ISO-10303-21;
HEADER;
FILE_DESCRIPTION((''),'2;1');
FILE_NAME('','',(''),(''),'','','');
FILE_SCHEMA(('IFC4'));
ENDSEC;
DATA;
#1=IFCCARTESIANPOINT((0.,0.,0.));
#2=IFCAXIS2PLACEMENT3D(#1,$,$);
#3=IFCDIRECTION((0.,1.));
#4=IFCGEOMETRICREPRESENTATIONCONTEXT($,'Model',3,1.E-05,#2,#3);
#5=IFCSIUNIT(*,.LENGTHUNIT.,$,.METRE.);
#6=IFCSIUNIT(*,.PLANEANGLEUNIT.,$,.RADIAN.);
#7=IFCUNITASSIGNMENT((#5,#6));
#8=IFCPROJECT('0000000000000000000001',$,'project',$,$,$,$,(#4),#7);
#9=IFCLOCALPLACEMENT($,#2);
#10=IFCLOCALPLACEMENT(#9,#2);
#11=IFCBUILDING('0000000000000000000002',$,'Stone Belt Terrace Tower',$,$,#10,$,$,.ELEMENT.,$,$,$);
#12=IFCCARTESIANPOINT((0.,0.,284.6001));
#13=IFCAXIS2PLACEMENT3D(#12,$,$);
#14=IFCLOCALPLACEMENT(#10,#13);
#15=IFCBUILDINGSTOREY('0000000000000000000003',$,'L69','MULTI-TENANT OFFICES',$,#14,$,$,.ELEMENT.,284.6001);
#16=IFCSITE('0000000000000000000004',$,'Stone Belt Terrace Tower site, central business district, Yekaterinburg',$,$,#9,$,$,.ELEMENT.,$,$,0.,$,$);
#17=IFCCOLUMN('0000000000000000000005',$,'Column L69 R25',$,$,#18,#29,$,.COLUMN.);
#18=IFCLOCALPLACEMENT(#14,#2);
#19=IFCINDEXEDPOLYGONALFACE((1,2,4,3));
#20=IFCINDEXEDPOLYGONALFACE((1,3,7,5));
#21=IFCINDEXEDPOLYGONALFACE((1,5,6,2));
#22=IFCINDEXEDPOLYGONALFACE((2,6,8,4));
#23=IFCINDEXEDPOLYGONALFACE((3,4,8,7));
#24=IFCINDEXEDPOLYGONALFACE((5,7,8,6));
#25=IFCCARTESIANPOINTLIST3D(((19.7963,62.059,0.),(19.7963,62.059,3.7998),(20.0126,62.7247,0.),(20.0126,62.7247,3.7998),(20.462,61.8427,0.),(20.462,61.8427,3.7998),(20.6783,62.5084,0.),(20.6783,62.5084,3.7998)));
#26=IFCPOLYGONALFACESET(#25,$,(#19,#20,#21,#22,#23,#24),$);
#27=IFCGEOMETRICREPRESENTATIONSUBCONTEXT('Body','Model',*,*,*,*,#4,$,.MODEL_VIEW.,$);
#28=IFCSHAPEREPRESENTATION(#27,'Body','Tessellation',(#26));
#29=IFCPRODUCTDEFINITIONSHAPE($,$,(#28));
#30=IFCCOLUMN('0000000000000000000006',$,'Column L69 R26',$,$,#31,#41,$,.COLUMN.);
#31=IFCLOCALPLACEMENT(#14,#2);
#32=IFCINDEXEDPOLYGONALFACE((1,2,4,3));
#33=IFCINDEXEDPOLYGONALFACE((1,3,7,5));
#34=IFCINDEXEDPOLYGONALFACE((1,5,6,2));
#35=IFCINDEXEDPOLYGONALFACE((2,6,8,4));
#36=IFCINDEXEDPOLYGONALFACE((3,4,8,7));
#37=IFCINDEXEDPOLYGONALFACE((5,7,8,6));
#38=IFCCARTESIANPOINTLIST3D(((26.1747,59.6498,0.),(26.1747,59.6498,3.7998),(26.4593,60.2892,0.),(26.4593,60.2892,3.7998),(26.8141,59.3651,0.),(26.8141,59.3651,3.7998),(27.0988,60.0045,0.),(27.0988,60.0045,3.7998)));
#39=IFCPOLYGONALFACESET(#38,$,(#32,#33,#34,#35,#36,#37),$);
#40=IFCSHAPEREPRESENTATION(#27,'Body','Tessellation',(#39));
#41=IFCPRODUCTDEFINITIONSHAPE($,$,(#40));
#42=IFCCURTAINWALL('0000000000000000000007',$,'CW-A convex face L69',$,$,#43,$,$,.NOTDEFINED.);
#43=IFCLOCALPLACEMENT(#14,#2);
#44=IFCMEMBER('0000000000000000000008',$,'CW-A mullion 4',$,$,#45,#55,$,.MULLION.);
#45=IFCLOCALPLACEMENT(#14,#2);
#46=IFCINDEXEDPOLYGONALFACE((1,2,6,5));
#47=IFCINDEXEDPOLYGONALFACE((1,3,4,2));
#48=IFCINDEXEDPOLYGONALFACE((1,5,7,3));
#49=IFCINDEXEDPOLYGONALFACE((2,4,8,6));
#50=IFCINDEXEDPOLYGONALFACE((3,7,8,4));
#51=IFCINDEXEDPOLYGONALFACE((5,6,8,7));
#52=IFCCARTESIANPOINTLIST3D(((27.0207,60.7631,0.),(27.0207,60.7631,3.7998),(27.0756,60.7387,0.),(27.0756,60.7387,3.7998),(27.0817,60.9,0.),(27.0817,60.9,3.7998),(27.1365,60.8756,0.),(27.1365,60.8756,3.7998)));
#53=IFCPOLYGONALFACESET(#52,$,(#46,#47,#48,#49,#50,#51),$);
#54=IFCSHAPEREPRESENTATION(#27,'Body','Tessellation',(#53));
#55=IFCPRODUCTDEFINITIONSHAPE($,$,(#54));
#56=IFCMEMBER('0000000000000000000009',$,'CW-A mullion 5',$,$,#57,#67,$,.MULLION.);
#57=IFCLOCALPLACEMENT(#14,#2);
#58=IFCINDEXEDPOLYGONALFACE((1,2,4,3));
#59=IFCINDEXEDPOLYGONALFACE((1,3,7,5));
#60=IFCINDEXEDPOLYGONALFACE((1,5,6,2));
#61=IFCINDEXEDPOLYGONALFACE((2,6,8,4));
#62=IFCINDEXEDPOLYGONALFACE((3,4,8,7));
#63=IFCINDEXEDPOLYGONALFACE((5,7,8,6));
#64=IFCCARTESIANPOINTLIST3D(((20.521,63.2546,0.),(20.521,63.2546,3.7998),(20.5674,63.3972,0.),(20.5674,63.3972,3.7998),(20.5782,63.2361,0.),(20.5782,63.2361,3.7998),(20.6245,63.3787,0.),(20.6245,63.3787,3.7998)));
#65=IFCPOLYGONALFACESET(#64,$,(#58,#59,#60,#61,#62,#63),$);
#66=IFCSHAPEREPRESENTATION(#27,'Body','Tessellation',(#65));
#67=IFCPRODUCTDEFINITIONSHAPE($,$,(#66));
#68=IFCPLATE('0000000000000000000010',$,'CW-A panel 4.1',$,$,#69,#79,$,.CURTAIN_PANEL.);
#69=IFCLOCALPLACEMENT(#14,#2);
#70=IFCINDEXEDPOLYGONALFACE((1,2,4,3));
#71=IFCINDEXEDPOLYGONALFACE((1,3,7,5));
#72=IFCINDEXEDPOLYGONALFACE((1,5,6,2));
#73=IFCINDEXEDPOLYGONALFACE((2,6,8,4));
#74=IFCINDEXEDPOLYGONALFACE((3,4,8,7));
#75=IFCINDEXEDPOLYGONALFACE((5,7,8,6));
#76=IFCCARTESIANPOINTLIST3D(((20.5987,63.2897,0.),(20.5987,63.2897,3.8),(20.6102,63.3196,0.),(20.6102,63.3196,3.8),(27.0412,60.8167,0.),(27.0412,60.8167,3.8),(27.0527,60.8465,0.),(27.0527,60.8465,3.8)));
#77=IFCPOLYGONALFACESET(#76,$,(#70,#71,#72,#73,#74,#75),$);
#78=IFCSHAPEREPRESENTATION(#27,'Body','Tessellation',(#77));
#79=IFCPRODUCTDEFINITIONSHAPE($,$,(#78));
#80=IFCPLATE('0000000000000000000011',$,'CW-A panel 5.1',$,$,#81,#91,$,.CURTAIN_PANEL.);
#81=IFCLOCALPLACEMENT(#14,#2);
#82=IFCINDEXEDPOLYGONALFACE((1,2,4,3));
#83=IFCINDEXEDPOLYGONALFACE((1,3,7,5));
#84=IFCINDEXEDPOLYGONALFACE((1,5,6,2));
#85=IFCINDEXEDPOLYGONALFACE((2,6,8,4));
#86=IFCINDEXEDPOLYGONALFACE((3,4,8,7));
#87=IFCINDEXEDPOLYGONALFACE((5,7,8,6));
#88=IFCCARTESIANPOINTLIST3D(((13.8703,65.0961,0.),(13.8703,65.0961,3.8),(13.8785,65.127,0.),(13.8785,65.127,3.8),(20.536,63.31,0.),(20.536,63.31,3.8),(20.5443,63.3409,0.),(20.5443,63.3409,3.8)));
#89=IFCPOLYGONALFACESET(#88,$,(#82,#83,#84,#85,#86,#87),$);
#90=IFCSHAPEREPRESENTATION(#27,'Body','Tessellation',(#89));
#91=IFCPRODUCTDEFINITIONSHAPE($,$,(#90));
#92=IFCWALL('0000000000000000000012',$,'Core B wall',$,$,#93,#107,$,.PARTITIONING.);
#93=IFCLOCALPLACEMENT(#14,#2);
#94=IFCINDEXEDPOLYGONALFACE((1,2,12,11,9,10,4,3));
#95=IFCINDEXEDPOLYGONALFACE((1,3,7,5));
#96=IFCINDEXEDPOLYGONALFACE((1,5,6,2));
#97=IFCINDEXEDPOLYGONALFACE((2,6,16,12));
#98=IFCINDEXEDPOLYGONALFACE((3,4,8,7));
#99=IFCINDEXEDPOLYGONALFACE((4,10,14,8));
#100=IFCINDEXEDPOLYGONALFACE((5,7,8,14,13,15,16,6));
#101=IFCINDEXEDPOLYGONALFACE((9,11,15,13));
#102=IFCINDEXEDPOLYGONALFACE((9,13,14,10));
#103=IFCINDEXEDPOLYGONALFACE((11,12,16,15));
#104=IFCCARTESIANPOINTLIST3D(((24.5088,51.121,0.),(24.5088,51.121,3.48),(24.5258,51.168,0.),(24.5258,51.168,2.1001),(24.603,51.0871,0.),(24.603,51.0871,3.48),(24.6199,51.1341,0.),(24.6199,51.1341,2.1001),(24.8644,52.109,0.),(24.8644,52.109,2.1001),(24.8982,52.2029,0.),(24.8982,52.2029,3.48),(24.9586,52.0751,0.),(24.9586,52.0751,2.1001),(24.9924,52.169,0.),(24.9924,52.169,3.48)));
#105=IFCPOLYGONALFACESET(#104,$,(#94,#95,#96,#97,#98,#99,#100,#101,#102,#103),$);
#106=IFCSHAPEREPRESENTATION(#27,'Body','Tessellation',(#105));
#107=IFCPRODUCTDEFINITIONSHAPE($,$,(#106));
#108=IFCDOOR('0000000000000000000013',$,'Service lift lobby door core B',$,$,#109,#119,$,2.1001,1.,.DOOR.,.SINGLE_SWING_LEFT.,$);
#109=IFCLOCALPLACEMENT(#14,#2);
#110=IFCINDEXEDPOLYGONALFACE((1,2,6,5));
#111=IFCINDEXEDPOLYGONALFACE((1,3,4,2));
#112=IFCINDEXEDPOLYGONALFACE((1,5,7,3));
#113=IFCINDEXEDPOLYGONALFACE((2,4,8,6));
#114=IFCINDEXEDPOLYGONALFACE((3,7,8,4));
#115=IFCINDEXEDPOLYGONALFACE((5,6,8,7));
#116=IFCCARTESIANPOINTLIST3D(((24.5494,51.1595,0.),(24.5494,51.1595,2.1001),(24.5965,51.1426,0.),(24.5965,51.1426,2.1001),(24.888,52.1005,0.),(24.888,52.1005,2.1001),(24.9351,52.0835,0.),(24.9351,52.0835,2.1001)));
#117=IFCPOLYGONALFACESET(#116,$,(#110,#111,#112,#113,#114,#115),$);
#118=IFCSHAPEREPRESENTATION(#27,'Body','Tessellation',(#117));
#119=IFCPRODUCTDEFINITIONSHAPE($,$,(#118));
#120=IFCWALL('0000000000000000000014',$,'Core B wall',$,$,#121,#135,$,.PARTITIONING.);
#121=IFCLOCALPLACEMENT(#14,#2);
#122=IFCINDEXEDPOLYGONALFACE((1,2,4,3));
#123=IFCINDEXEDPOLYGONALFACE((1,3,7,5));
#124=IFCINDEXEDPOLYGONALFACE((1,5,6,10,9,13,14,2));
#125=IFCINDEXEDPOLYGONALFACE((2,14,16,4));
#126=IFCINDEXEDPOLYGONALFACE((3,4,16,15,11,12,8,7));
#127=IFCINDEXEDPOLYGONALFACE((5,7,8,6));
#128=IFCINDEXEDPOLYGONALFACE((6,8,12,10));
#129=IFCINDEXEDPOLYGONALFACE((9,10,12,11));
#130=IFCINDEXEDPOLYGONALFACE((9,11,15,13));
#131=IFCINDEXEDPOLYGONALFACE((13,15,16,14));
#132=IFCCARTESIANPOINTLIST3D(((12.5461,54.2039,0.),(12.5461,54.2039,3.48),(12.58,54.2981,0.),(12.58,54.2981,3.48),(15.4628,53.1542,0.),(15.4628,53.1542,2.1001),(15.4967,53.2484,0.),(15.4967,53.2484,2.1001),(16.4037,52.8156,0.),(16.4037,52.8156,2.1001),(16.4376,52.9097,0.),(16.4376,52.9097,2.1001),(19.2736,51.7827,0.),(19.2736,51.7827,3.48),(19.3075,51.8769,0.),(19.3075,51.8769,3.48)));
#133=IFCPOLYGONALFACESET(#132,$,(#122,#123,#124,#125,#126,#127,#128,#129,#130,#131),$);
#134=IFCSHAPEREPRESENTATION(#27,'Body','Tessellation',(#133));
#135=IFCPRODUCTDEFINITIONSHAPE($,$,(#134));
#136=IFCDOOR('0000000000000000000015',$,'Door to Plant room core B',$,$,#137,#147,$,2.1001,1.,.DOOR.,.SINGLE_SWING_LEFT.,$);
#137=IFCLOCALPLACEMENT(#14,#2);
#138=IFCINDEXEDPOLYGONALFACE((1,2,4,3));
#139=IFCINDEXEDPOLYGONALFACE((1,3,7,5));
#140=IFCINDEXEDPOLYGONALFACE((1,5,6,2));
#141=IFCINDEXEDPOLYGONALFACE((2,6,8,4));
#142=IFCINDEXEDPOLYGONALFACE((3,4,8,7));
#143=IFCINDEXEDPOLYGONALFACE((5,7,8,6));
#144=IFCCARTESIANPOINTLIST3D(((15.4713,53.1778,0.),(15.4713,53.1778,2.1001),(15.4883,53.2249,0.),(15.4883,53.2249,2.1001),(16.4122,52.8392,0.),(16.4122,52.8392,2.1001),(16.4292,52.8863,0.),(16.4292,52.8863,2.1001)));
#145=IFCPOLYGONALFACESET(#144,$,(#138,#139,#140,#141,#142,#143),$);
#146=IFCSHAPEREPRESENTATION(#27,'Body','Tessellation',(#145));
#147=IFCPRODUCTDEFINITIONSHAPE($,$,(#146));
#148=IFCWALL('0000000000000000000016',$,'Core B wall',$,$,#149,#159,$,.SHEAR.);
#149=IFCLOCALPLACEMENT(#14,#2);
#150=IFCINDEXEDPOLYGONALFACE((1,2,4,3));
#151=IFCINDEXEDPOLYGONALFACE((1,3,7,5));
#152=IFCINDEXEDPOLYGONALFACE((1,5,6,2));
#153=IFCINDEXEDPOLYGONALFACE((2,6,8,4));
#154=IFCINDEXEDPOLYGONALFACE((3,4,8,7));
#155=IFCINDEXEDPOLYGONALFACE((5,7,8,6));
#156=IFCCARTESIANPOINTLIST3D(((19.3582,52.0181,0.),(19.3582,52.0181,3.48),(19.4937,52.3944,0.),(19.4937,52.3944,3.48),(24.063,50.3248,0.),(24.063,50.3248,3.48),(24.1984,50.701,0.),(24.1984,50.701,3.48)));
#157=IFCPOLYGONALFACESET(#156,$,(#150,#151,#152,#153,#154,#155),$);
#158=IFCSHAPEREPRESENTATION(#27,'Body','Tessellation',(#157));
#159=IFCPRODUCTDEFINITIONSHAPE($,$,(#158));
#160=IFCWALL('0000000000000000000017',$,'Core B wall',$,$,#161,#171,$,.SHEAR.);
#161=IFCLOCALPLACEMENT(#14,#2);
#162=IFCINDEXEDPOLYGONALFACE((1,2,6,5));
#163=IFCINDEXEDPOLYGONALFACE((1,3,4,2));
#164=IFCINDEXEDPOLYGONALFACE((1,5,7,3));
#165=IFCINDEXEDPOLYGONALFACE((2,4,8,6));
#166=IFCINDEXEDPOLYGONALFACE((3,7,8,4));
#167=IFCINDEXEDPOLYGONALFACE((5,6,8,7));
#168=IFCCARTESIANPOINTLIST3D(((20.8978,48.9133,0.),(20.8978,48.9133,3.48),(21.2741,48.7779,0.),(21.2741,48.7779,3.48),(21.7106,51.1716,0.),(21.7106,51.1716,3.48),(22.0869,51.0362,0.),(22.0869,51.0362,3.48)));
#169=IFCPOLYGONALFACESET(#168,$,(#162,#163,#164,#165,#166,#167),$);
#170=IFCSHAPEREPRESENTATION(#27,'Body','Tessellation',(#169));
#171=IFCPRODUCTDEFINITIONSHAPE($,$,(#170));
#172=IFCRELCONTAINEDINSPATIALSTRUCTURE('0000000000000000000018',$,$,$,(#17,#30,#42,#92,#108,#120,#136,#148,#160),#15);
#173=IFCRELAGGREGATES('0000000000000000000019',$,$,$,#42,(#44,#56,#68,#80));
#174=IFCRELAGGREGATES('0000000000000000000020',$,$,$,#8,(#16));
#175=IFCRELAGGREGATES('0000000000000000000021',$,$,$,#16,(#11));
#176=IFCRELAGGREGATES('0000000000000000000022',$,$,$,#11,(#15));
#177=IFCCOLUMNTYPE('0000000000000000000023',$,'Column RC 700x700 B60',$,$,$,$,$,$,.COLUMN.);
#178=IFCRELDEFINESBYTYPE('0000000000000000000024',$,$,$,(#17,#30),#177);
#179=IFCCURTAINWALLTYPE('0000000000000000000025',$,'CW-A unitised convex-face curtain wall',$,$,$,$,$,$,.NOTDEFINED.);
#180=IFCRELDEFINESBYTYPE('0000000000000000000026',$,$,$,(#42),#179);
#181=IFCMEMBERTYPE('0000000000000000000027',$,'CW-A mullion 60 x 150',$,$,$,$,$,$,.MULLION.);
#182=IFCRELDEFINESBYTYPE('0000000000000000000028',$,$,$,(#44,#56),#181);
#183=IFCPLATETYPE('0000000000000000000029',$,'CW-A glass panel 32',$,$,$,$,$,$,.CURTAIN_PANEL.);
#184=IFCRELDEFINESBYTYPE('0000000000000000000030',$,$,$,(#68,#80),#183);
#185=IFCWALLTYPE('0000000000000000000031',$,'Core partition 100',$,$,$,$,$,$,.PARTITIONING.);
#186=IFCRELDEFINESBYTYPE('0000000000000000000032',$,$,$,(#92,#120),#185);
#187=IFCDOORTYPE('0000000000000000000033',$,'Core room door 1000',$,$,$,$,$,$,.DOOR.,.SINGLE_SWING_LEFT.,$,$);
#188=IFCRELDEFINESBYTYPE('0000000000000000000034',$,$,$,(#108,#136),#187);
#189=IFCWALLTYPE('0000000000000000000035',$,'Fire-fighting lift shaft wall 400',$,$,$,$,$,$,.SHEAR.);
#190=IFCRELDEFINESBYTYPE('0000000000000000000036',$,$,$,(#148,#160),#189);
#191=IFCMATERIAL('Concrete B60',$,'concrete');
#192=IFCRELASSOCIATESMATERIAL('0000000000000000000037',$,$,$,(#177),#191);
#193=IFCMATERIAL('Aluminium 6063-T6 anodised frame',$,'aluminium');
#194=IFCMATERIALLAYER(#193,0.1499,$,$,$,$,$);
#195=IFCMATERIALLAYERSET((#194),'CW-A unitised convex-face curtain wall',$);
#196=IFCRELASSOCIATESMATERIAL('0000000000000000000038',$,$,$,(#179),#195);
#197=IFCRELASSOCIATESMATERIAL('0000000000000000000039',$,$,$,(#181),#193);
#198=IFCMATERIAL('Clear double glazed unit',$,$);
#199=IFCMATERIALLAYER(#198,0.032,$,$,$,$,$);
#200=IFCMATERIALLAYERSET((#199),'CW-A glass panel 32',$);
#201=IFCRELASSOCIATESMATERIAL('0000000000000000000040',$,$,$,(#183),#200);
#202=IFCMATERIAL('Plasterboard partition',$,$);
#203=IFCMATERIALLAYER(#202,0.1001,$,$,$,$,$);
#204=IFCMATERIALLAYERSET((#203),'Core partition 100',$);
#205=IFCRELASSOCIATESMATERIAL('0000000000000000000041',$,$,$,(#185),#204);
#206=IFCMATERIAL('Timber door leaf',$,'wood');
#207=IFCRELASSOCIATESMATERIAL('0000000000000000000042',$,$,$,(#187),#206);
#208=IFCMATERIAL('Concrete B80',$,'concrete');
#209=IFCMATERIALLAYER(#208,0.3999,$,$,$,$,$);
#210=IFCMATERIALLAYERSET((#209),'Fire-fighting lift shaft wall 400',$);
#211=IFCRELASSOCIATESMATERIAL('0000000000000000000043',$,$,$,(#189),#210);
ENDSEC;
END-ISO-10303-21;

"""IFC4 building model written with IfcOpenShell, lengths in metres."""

from ifc_helpers import new_model, si_unit, direction, frame, frame_2d, origin, origin_2d, place, context, subcontext, project, spatial, rectangle, extrude, material, layer, layer_set, material_profile, profile_set, type_object, element, fill, aggregate, save


model = new_model("IFC4")

# Units and contexts
model_context = context("Model", 3, precision=1e-05, world=origin(), true_north=direction((0.0, 1.0)))
body_context = subcontext(model_context, "Body", "Model", "MODEL_VIEW")
ifc_project = project(units=[si_unit("LENGTHUNIT", "METRE"), si_unit("PLANEANGLEUNIT", "RADIAN")], contexts=[model_context])

# Site, building, storey
site_placement = place(None, origin())
site = spatial("IfcSite", under=ifc_project, at=site_placement, Name="Stone Belt Terrace Tower site, central business district, Yekaterinburg", CompositionType="ELEMENT", RefElevation=0.0)
building_placement = place(site_placement, origin())
building = spatial("IfcBuilding", under=site, at=building_placement, Name="Stone Belt Terrace Tower", CompositionType="ELEMENT")
storey_placement = place(building_placement, frame((0.0, 0.0, 284.6001)))
storey = spatial("IfcBuildingStorey", under=building, at=storey_placement, Name="L69", Description="MULTI-TENANT OFFICES", CompositionType="ELEMENT", Elevation=284.6001)

# Columns
ifc_material_1 = material(Name="Concrete B60", Category="concrete")
ifc_material_profile_1 = material_profile(ifc_material_1, rectangle(XDim=0.7, YDim=0.7, at=origin_2d()), Name="RC 700x700")
ifc_profile_set_1 = profile_set([ifc_material_profile_1], Name="Concrete B60")
column_type = type_object("IfcColumnType", Name="Column RC 700x700 B60", PredefinedType="COLUMN", material=ifc_profile_set_1)
for number, where, z_axis, x_axis, name in (
    (1, (20.2373, 62.2837, 0.0), (0.0, 0.0, 1.0), (0.951057, -0.309017, 0.0), "Column L69 R25"),
    (2, (26.6367, 59.8271, 0.0), (0.0, 0.0, 1.0), (0.913545, -0.406737, 0.0), "Column L69 R26"),
):
    element("IfcColumn", number, at=place(storey_placement, frame(where, z_axis=z_axis, x_axis=x_axis)), inside=storey, type_object=column_type, Name=name, PredefinedType="COLUMN", context=body_context, shape_type="SweptSolid", body=[
        extrude(rectangle(XDim=0.7, YDim=0.7, at=origin_2d()), origin(), (0.0, 0.0, 1.0), 3.7998),
    ])

# Curtain wall, members, plates
ifc_material_2 = material(Name="Aluminium 6063-T6 anodised frame", Category="aluminium")
ifc_layer_1 = layer(ifc_material_2, 0.1499)
ifc_layer_set_1 = layer_set([ifc_layer_1], Name="CW-A unitised convex-face curtain wall")
curtain_wall_type = type_object("IfcCurtainWallType", Name="CW-A unitised convex-face curtain wall", PredefinedType="NOTDEFINED", material=ifc_layer_set_1)
curtain_wall_placement = place(storey_placement, origin())
curtain_wall = element("IfcCurtainWall", 3, at=curtain_wall_placement, inside=storey, type_object=curtain_wall_type, Name="CW-A convex face L69", PredefinedType="NOTDEFINED")
ifc_material_profile_2 = material_profile(ifc_material_2, rectangle(XDim=0.1499, YDim=0.0601, at=origin_2d()), Name="Aluminium 6063-T6 60x150")
ifc_profile_set_2 = profile_set([ifc_material_profile_2], Name="Aluminium 6063-T6 anodised frame")
member_type = type_object("IfcMemberType", Name="CW-A mullion 60 x 150", PredefinedType="MULLION", material=ifc_profile_set_2)
member_1_placement = place(storey_placement, frame((27.0786, 60.8193, 0.0), z_axis=(0.0, 0.0, 1.0), x_axis=(-0.406737, -0.913545, 0.0)))
member_1 = element("IfcMember", 4, at=member_1_placement, type_object=member_type, Name="CW-A mullion 4", PredefinedType="MULLION", context=body_context, shape_type="SweptSolid", body=[
    extrude(rectangle(XDim=0.1499, YDim=0.0601, at=origin_2d()), origin(), (0.0, 0.0, 1.0), 3.7998),
])
member_2_placement = place(storey_placement, frame((20.5728, 63.3167, 0.0), z_axis=(0.0, 0.0, 1.0), x_axis=(-0.309017, -0.951057, 0.0)))
member_2 = element("IfcMember", 5, at=member_2_placement, type_object=member_type, Name="CW-A mullion 5", PredefinedType="MULLION", context=body_context, shape_type="SweptSolid", body=[
    extrude(rectangle(XDim=0.1499, YDim=0.0601, at=origin_2d()), origin(), (0.0, 0.0, 1.0), 3.7998),
])
ifc_material_3 = material(Name="Clear double glazed unit")
ifc_layer_2 = layer(ifc_material_3, 0.032)
ifc_layer_set_2 = layer_set([ifc_layer_2], Name="CW-A glass panel 32")
plate_type = type_object("IfcPlateType", Name="CW-A glass panel 32", PredefinedType="CURTAIN_PANEL", material=ifc_layer_set_2)
plate_1_placement = place(storey_placement, frame((23.8257, 62.0681, 0.0), z_axis=(0.0, 0.0, 1.0), x_axis=(-0.93358, 0.358368, 0.0)))
plate_1 = element("IfcPlate", 6, at=plate_1_placement, type_object=plate_type, Name="CW-A panel 4.1", PredefinedType="CURTAIN_PANEL", context=body_context, shape_type="SweptSolid", body=[
    extrude(rectangle(XDim=6.9009, YDim=0.032, at=origin_2d()), origin(), (0.0, 0.0, 1.0), 3.8),
])
plate_2_placement = place(storey_placement, frame((17.2073, 64.2185, 0.0), z_axis=(0.0, 0.0, 1.0), x_axis=(-0.965926, 0.258819, 0.0)))
plate_2 = element("IfcPlate", 7, at=plate_2_placement, type_object=plate_type, Name="CW-A panel 5.1", PredefinedType="CURTAIN_PANEL", context=body_context, shape_type="SweptSolid", body=[
    extrude(rectangle(XDim=6.9009, YDim=0.032, at=origin_2d()), origin(), (0.0, 0.0, 1.0), 3.8),
])
aggregate(curtain_wall, [member_1, member_2, plate_1, plate_2])

# Walls, openings, doors
ifc_material_4 = material(Name="Plasterboard partition")
ifc_layer_3 = layer(ifc_material_4, 0.1001)
ifc_layer_set_3 = layer_set([ifc_layer_3], Name="Core partition 100")
wall_type_1 = type_object("IfcWallType", Name="Core partition 100", PredefinedType="PARTITIONING", material=ifc_layer_set_3)
wall_1_placement = place(storey_placement, frame((24.5559, 51.104, 0.0), z_axis=(0.0, 0.0, 1.0), x_axis=(0.338622, 0.940923, 0.0)))
wall_1 = element("IfcWall", 8, at=wall_1_placement, inside=storey, type_object=wall_type_1, Name="Core B wall", PredefinedType="PARTITIONING", context=body_context, shape_type="SweptSolid", body=[
    extrude(rectangle(XDim=1.1499, YDim=0.1001, at=frame_2d((0.575, 0.0))), origin(), (0.0, 0.0, 1.0), 3.48),
])
opening_1_placement = place(wall_1_placement, frame((0.05, 0.0, 0.0)))
opening_1 = element("IfcOpeningElement", 9, at=opening_1_placement, cuts=wall_1, PredefinedType="OPENING", context=body_context, shape_type="SweptSolid", body=[
    extrude(rectangle(XDim=1.0, YDim=2.1001, at=frame_2d((0.5, 1.05))), frame((0.0, 0.0601, 0.0), z_axis=(0.0, -1.0, 0.0), x_axis=(1.0, 0.0, 0.0)), (0.0, 0.0, 1.0), 0.1201),
])
ifc_material_5 = material(Name="Timber door leaf", Category="wood")
door_type_1 = type_object("IfcDoorType", Name="Core room door 1000", OperationType="SINGLE_SWING_LEFT", PredefinedType="DOOR", material=ifc_material_5)
door_1_placement = place(opening_1_placement, origin())
door_1 = element("IfcDoor", 10, at=door_1_placement, inside=storey, type_object=door_type_1, Name="Service lift lobby door core B", OperationType="SINGLE_SWING_LEFT", OverallHeight=2.1001, OverallWidth=1.0, PredefinedType="DOOR", context=body_context, shape_type="SweptSolid", body=[
    extrude(rectangle(XDim=1.0, YDim=2.1001, at=frame_2d((0.5, 1.05))), frame((0.0, 0.0249, 0.0), z_axis=(0.0, -1.0, 0.0), x_axis=(1.0, 0.0, 0.0)), (0.0, 0.0, 1.0), 0.05),
])
fill(opening_1, door_1)
wall_2_placement = place(storey_placement, frame((19.2905, 51.8298, 0.0), z_axis=(0.0, 0.0, 1.0), x_axis=(-0.940922, 0.338624, 0.0)))
wall_2 = element("IfcWall", 11, at=wall_2_placement, inside=storey, type_object=wall_type_1, Name="Core B wall", PredefinedType="PARTITIONING", context=body_context, shape_type="SweptSolid", body=[
    extrude(rectangle(XDim=7.1499, YDim=0.1001, at=frame_2d((3.575, 0.0))), origin(), (0.0, 0.0, 1.0), 3.48),
])
opening_2_placement = place(wall_2_placement, frame((3.05, 0.0, 0.0)))
opening_2 = element("IfcOpeningElement", 12, at=opening_2_placement, cuts=wall_2, PredefinedType="OPENING", context=body_context, shape_type="SweptSolid", body=[
    extrude(rectangle(XDim=1.0, YDim=2.1001, at=frame_2d((0.5, 1.05))), frame((0.0, 0.0601, 0.0), z_axis=(0.0, -1.0, 0.0), x_axis=(1.0, 0.0, 0.0)), (0.0, 0.0, 1.0), 0.1201),
])
door_2_placement = place(opening_2_placement, origin())
door_2 = element("IfcDoor", 13, at=door_2_placement, inside=storey, type_object=door_type_1, Name="Door to Plant room core B", OperationType="SINGLE_SWING_LEFT", OverallHeight=2.1001, OverallWidth=1.0, PredefinedType="DOOR", context=body_context, shape_type="SweptSolid", body=[
    extrude(rectangle(XDim=1.0, YDim=2.1001, at=frame_2d((0.5, 1.05))), frame((0.0, 0.0249, 0.0), z_axis=(0.0, -1.0, 0.0), x_axis=(1.0, 0.0, 0.0)), (0.0, 0.0, 1.0), 0.05),
])
fill(opening_2, door_2)

# Walls
ifc_material_6 = material(Name="Concrete B80", Category="concrete")
ifc_layer_4 = layer(ifc_material_6, 0.3999)
ifc_layer_set_4 = layer_set([ifc_layer_4], Name="Fire-fighting lift shaft wall 400")
wall_type_2 = type_object("IfcWallType", Name="Fire-fighting lift shaft wall 400", PredefinedType="SHEAR", material=ifc_layer_set_4)
wall_3_placement = place(storey_placement, frame((24.1306, 50.5129, 0.0), z_axis=(0.0, 0.0, 1.0), x_axis=(-0.940912, 0.338652, 0.0)))
element("IfcWall", 14, at=wall_3_placement, inside=storey, type_object=wall_type_2, Name="Core B wall", PredefinedType="SHEAR", context=body_context, shape_type="SweptSolid", body=[
    extrude(rectangle(XDim=5.0002, YDim=0.3999, at=frame_2d((2.5, 0.0))), origin(), (0.0, 0.0, 1.0), 3.48),
])
wall_4_placement = place(storey_placement, frame((21.0859, 48.8455, 0.0), z_axis=(0.0, 0.0, 1.0), x_axis=(0.338629, 0.94092, 0.0)))
element("IfcWall", 15, at=wall_4_placement, inside=storey, type_object=wall_type_2, Name="Core B wall", PredefinedType="SHEAR", context=body_context, shape_type="SweptSolid", body=[
    extrude(rectangle(XDim=2.4001, YDim=0.3999, at=frame_2d((1.2002, 0.0))), origin(), (0.0, 0.0, 1.0), 3.48),
])

save(model, "model.ifc")
